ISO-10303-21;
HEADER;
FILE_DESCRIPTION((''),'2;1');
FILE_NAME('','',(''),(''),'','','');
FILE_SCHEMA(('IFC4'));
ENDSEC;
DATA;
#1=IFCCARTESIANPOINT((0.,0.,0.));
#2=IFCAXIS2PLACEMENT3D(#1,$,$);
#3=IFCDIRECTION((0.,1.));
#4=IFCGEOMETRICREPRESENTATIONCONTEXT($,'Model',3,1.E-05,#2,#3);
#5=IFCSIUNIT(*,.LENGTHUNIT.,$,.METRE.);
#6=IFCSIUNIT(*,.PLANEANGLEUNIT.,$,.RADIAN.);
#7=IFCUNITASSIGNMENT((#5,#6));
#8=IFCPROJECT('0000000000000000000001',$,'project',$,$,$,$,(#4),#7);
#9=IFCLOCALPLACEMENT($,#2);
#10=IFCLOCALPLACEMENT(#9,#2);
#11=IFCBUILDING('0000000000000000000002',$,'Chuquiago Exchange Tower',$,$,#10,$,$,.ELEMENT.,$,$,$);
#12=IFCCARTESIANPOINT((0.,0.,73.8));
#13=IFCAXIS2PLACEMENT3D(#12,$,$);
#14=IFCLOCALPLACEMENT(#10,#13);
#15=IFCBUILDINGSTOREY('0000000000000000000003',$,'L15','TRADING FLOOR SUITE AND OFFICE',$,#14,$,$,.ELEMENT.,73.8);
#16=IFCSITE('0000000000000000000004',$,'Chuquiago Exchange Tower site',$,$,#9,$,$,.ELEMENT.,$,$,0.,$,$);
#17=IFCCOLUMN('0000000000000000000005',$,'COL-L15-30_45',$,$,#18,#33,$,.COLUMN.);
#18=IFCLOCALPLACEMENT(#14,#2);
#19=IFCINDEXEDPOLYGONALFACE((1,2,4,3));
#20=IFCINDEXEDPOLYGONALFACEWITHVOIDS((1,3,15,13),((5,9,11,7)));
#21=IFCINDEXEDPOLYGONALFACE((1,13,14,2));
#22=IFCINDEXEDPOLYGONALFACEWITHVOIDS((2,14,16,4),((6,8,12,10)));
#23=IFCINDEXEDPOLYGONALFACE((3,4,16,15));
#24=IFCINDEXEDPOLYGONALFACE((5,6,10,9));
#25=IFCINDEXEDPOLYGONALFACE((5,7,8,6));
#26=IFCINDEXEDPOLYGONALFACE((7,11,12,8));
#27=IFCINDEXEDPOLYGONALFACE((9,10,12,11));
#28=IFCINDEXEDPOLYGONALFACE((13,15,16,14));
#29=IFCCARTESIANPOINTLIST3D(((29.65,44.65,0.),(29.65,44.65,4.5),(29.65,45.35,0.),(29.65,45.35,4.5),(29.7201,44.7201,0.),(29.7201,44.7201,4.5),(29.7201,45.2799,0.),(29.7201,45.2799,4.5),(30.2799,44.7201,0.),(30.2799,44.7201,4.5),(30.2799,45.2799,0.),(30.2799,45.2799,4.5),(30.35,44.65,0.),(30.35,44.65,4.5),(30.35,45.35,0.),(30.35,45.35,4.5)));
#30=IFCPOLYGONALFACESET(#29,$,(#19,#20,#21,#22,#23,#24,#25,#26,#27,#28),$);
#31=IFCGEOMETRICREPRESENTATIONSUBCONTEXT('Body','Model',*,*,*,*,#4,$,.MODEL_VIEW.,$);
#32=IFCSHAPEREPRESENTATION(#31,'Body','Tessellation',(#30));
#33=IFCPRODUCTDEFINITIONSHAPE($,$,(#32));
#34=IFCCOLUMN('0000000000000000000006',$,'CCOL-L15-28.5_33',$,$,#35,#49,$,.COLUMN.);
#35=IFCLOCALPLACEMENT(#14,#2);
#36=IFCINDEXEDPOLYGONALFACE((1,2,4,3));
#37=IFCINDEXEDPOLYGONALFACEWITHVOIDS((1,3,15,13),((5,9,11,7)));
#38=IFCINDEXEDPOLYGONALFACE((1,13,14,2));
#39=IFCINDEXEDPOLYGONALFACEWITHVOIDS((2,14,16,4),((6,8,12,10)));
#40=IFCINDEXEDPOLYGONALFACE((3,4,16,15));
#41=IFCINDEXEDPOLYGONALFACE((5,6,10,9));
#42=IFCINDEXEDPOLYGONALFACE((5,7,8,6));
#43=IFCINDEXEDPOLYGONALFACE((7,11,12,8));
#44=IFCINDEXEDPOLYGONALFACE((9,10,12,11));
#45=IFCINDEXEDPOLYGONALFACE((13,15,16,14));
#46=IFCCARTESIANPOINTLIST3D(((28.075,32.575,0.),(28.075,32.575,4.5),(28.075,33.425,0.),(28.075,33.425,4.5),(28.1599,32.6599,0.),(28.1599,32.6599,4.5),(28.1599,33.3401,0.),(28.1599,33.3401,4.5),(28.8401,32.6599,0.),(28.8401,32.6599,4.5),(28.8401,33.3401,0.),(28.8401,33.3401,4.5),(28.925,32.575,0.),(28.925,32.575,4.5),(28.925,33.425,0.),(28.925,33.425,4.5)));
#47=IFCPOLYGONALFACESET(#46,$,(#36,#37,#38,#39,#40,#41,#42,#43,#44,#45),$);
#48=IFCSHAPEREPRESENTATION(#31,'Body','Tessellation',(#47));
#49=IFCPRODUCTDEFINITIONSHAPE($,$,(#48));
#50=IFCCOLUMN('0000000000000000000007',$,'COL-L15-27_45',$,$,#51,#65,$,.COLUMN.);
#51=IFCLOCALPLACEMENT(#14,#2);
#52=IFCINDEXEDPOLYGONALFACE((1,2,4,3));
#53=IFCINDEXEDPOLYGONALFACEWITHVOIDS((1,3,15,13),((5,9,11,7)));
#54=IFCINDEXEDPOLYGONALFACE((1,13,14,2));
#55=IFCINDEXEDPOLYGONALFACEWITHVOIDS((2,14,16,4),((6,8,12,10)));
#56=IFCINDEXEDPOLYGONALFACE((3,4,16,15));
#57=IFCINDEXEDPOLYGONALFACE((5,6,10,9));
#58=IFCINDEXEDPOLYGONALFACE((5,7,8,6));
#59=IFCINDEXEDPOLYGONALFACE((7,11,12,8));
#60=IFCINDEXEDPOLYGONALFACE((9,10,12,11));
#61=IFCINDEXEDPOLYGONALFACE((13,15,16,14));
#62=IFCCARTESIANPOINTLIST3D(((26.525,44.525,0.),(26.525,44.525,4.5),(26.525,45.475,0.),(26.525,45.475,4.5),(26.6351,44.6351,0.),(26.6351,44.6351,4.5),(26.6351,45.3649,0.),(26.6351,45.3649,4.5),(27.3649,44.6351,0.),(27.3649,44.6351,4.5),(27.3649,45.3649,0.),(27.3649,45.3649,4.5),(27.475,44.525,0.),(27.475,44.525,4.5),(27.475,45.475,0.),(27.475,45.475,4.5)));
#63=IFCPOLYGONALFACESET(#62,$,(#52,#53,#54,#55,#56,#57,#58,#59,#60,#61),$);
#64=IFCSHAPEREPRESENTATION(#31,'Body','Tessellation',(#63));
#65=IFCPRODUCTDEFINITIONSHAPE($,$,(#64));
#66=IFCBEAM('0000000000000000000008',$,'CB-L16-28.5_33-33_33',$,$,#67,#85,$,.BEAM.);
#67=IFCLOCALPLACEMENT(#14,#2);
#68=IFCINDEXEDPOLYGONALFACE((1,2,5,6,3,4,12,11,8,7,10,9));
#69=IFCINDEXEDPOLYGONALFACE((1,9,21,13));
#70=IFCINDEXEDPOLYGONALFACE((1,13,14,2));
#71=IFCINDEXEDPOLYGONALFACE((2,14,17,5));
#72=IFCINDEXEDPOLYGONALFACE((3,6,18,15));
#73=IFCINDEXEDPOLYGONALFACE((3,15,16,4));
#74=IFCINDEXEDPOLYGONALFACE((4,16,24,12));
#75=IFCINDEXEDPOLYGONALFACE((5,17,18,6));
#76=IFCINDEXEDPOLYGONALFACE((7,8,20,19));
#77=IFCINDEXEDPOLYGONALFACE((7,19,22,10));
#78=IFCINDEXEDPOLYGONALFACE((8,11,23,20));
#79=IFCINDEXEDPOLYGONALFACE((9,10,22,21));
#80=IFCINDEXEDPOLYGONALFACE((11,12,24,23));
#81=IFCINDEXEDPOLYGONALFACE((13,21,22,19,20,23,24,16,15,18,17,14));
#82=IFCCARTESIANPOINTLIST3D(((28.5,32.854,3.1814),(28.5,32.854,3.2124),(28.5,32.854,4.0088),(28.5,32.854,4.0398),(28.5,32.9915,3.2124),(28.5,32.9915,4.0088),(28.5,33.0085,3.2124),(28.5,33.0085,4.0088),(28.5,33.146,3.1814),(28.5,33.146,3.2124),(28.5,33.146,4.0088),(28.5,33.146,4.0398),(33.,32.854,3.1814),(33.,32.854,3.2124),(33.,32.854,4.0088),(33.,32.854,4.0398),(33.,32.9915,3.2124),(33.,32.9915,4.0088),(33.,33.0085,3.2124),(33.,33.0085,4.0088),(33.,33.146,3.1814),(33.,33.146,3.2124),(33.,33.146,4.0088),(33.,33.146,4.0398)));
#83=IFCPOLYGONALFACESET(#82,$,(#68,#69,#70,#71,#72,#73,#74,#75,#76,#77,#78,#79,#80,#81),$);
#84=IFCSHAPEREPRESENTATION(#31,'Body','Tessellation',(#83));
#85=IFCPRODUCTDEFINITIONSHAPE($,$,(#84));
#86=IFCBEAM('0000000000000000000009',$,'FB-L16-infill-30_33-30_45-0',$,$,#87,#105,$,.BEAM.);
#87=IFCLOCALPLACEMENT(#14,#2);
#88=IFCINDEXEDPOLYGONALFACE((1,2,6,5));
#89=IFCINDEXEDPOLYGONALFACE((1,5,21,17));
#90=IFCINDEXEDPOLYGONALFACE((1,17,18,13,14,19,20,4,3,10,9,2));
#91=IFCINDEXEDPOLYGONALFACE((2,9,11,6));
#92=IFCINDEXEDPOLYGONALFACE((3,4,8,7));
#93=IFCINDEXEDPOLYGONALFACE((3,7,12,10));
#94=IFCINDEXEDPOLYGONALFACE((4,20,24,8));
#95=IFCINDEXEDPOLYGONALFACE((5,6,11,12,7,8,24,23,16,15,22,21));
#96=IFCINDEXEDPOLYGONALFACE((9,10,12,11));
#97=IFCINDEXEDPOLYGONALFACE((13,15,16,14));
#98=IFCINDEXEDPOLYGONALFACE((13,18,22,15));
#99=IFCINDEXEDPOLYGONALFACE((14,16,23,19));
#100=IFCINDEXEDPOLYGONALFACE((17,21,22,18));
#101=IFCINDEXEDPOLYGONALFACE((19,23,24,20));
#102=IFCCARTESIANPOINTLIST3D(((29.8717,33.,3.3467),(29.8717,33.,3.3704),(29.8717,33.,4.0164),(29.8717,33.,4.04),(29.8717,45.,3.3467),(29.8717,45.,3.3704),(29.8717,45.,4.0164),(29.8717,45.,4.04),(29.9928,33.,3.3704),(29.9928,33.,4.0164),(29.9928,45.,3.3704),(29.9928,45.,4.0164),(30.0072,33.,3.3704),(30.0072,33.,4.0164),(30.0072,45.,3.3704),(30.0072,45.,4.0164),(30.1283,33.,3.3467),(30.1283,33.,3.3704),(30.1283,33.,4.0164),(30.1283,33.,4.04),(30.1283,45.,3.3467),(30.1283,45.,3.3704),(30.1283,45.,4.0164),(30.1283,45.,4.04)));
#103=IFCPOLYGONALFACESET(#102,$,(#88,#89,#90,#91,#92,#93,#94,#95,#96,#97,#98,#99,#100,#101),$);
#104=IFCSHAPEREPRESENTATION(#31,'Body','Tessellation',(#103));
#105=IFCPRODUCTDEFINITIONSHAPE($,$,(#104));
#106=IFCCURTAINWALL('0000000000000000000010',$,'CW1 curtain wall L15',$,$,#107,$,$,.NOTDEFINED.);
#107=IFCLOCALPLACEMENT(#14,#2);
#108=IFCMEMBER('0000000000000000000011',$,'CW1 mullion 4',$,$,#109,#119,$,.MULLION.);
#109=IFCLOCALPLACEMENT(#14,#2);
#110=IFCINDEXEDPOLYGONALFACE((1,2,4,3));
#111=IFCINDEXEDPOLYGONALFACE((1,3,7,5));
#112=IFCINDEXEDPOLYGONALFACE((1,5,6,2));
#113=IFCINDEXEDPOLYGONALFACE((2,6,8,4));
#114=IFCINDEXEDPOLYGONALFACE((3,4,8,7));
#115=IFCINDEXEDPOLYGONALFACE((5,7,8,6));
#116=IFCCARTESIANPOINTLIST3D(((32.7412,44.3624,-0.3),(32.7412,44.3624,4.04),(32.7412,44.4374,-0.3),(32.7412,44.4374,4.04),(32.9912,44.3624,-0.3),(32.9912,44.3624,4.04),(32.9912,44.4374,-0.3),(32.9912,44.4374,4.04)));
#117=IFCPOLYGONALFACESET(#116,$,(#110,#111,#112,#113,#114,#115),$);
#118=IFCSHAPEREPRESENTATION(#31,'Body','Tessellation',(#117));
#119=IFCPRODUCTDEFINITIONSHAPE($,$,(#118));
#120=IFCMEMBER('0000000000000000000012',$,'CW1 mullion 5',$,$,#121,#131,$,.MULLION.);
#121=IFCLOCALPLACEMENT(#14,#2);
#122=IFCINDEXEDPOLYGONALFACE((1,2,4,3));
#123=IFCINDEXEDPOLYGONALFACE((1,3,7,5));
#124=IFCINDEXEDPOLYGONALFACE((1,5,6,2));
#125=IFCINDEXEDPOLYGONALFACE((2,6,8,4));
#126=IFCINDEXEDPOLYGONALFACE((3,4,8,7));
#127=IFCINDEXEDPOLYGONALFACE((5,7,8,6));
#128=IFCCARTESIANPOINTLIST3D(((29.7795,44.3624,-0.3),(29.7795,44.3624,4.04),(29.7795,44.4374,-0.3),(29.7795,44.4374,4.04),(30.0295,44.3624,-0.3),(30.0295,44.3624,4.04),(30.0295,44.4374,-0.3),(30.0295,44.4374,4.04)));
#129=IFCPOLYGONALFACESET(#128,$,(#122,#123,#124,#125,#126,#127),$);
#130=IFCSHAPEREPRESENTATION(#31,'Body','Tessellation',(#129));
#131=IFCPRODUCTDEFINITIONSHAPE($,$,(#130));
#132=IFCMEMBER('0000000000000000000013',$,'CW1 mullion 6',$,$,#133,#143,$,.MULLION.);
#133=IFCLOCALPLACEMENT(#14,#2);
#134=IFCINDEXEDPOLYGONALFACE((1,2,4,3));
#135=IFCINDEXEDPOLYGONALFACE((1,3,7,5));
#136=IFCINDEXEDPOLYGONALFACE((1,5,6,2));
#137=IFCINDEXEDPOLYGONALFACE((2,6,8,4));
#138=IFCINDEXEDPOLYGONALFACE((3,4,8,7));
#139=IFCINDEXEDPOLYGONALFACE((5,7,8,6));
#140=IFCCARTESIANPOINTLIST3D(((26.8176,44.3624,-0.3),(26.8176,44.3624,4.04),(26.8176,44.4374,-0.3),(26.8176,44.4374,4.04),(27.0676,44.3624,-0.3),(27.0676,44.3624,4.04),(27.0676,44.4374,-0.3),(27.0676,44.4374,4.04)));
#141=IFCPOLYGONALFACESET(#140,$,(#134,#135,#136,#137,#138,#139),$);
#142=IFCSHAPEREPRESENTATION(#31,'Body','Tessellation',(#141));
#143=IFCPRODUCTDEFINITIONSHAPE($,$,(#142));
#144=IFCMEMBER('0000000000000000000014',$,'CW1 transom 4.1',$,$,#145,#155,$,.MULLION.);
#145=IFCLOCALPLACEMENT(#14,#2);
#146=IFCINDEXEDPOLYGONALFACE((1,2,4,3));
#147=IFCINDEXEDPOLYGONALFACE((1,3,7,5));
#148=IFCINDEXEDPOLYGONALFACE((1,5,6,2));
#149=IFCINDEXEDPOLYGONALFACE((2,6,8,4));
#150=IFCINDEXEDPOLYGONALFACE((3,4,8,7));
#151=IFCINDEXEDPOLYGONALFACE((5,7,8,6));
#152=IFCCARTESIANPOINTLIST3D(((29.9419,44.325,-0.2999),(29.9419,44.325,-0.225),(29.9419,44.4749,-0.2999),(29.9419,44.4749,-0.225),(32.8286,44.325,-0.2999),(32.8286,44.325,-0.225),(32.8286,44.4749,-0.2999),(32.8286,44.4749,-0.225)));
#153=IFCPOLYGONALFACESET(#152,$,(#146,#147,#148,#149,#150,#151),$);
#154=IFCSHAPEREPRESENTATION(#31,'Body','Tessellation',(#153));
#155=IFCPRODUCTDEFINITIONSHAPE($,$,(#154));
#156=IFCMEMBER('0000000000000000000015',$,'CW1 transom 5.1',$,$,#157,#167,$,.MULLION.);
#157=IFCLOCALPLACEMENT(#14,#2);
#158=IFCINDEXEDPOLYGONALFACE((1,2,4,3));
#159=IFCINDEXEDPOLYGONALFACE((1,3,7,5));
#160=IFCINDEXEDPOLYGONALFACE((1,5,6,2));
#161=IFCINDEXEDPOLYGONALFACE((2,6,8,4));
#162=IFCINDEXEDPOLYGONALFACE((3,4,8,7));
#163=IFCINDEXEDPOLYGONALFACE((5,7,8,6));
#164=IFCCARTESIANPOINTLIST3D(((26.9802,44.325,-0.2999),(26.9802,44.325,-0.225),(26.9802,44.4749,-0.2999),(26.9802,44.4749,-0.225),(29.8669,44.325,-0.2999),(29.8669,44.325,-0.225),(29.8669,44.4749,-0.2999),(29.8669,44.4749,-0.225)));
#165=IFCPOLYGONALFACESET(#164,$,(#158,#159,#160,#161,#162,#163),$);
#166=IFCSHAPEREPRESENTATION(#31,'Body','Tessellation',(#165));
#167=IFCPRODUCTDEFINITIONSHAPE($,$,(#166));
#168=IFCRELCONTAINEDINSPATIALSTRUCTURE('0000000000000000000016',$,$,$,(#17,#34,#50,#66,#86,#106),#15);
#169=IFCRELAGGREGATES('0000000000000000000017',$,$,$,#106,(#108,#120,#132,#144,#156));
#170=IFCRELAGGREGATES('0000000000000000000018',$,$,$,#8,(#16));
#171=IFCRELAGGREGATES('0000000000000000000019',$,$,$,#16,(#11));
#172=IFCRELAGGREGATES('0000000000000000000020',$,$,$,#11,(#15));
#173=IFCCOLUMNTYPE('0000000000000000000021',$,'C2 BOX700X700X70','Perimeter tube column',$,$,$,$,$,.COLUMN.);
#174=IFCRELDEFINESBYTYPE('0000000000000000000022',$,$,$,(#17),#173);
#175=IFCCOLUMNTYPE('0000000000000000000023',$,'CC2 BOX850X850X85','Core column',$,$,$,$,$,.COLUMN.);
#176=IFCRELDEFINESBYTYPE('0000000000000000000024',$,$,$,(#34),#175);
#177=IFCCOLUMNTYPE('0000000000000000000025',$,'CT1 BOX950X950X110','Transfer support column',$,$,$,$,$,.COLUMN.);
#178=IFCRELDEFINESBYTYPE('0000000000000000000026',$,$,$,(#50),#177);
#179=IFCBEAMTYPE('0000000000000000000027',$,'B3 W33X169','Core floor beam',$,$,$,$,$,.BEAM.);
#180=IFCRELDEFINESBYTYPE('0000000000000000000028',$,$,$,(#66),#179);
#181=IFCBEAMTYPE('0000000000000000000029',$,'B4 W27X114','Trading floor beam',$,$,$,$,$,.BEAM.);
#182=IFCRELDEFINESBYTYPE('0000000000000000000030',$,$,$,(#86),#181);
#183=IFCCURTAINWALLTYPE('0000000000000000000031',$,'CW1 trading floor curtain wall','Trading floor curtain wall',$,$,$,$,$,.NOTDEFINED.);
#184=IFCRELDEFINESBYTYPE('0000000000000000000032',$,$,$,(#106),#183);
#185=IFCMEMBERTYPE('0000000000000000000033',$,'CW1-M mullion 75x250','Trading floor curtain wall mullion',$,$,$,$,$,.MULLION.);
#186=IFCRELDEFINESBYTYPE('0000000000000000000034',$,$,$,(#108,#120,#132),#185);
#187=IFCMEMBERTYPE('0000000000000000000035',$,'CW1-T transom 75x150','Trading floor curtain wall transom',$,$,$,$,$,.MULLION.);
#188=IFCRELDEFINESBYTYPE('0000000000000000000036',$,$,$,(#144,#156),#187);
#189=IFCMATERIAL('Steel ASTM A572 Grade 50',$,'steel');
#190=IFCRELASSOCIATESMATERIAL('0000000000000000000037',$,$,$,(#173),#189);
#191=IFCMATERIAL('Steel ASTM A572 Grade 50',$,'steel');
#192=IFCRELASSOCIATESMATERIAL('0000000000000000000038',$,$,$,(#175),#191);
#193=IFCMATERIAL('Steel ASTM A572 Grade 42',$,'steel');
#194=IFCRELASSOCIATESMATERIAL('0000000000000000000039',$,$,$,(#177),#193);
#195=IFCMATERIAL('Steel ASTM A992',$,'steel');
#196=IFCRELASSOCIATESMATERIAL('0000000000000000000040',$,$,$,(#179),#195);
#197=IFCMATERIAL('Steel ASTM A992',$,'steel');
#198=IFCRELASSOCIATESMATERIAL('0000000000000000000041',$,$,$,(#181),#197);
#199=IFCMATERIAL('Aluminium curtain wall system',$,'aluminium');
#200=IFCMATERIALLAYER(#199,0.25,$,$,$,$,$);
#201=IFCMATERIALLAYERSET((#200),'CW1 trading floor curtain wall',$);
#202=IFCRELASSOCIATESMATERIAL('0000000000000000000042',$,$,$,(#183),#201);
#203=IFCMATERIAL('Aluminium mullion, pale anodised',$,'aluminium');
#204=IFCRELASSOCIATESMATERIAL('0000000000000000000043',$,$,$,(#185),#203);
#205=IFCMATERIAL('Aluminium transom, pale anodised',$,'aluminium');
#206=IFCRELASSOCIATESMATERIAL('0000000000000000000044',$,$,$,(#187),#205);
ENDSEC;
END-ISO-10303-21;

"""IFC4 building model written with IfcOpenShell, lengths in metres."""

from ifc_helpers import new_model, si_unit, direction, frame, origin, origin_2d, place, context, subcontext, project, spatial, rectangle, hollow_rectangle, i_section, extrude, material, layer, layer_set, material_profile, profile_set, type_object, element, aggregate, save


model = new_model("IFC4")

# Units and contexts
model_context = context("Model", 3, precision=1e-05, world=origin(), true_north=direction((0.0, 1.0)))
body_context = subcontext(model_context, "Body", "Model", "MODEL_VIEW")
ifc_project = project(units=[si_unit("LENGTHUNIT", "METRE"), si_unit("PLANEANGLEUNIT", "RADIAN")], contexts=[model_context])

# Site, building, storey
site_placement = place(None, origin())
site = spatial("IfcSite", under=ifc_project, at=site_placement, Name="Chuquiago Exchange Tower site", CompositionType="ELEMENT", RefElevation=0.0)
building_placement = place(site_placement, origin())
building = spatial("IfcBuilding", under=site, at=building_placement, Name="Chuquiago Exchange Tower", CompositionType="ELEMENT")
storey_placement = place(building_placement, frame((0.0, 0.0, 73.8)))
storey = spatial("IfcBuildingStorey", under=building, at=storey_placement, Name="L15", Description="TRADING FLOOR SUITE AND OFFICE", CompositionType="ELEMENT", Elevation=73.8)

# Columns
ifc_material_1 = material(Name="Steel ASTM A572 Grade 50", Category="steel")
ifc_material_profile_1 = material_profile(ifc_material_1, hollow_rectangle(XDim=0.7, YDim=0.7, WallThickness=0.0701, at=origin_2d()), Name="BOX700X700X70")
ifc_profile_set_1 = profile_set([ifc_material_profile_1], Name="Steel ASTM A572 Grade 50")
column_type_1 = type_object("IfcColumnType", Name="C2 BOX700X700X70", Description="Perimeter tube column", PredefinedType="COLUMN", material=ifc_profile_set_1)
column_1_placement = place(storey_placement, frame((30.0, 45.0, 0.0), z_axis=(0.0, 0.0, 1.0), x_axis=(0.0, 1.0, 0.0)))
element("IfcColumn", 1, at=column_1_placement, inside=storey, type_object=column_type_1, Name="COL-L15-30_45", PredefinedType="COLUMN", context=body_context, shape_type="SweptSolid", body=[
    extrude(hollow_rectangle(XDim=0.7, YDim=0.7, WallThickness=0.0701, at=origin_2d()), origin(), (0.0, 0.0, 1.0), 4.5),
])
ifc_material_2 = material(Name="Steel ASTM A572 Grade 50", Category="steel")
ifc_material_profile_2 = material_profile(ifc_material_2, hollow_rectangle(XDim=0.8501, YDim=0.8501, WallThickness=0.085, at=origin_2d()), Name="BOX850X850X85")
ifc_profile_set_2 = profile_set([ifc_material_profile_2], Name="Steel ASTM A572 Grade 50")
column_type_2 = type_object("IfcColumnType", Name="CC2 BOX850X850X85", Description="Core column", PredefinedType="COLUMN", material=ifc_profile_set_2)
column_2_placement = place(storey_placement, frame((28.5, 33.0, 0.0), z_axis=(0.0, 0.0, 1.0), x_axis=(1.0, 0.0, 0.0)))
element("IfcColumn", 2, at=column_2_placement, inside=storey, type_object=column_type_2, Name="CCOL-L15-28.5_33", PredefinedType="COLUMN", context=body_context, shape_type="SweptSolid", body=[
    extrude(hollow_rectangle(XDim=0.8501, YDim=0.8501, WallThickness=0.085, at=origin_2d()), origin(), (0.0, 0.0, 1.0), 4.5),
])
ifc_material_3 = material(Name="Steel ASTM A572 Grade 42", Category="steel")
ifc_material_profile_3 = material_profile(ifc_material_3, hollow_rectangle(XDim=0.95, YDim=0.95, WallThickness=0.1101, at=origin_2d()), Name="BOX950X950X110")
ifc_profile_set_3 = profile_set([ifc_material_profile_3], Name="Steel ASTM A572 Grade 42")
column_type_3 = type_object("IfcColumnType", Name="CT1 BOX950X950X110", Description="Transfer support column", PredefinedType="COLUMN", material=ifc_profile_set_3)
column_3_placement = place(storey_placement, frame((27.0, 45.0, 0.0), z_axis=(0.0, 0.0, 1.0), x_axis=(0.0, 1.0, 0.0)))
element("IfcColumn", 3, at=column_3_placement, inside=storey, type_object=column_type_3, Name="COL-L15-27_45", PredefinedType="COLUMN", context=body_context, shape_type="SweptSolid", body=[
    extrude(hollow_rectangle(XDim=0.95, YDim=0.95, WallThickness=0.1101, at=origin_2d()), origin(), (0.0, 0.0, 1.0), 4.5),
])

# Beams
ifc_material_4 = material(Name="Steel ASTM A992", Category="steel")
ifc_material_profile_4 = material_profile(ifc_material_4, i_section(OverallWidth=0.292, OverallDepth=0.8584, WebThickness=0.0171, FlangeThickness=0.031, at=origin_2d()), Name="W33X169")
ifc_profile_set_4 = profile_set([ifc_material_profile_4], Name="Steel ASTM A992")
beam_type_1 = type_object("IfcBeamType", Name="B3 W33X169", Description="Core floor beam", PredefinedType="BEAM", material=ifc_profile_set_4)
beam_1_placement = place(storey_placement, frame((28.5, 33.0, 3.6106), z_axis=(1.0, 0.0, 0.0), x_axis=(0.0, 1.0, 0.0)))
element("IfcBeam", 4, at=beam_1_placement, inside=storey, type_object=beam_type_1, Name="CB-L16-28.5_33-33_33", PredefinedType="BEAM", context=body_context, shape_type="SweptSolid", body=[
    extrude(i_section(OverallWidth=0.292, OverallDepth=0.8584, WebThickness=0.0171, FlangeThickness=0.031, at=origin_2d()), origin(), (0.0, 0.0, 1.0), 4.5),
])
ifc_material_5 = material(Name="Steel ASTM A992", Category="steel")
ifc_material_profile_5 = material_profile(ifc_material_5, i_section(OverallWidth=0.2566, OverallDepth=0.6934, WebThickness=0.0144, FlangeThickness=0.0237, at=origin_2d()), Name="W27X114")
ifc_profile_set_5 = profile_set([ifc_material_profile_5], Name="Steel ASTM A992")
beam_type_2 = type_object("IfcBeamType", Name="B4 W27X114", Description="Trading floor beam", PredefinedType="BEAM", material=ifc_profile_set_5)
beam_2_placement = place(storey_placement, frame((30.0, 33.0, 3.6934), z_axis=(0.0, 1.0, 0.0), x_axis=(-1.0, 0.0, 0.0)))
element("IfcBeam", 5, at=beam_2_placement, inside=storey, type_object=beam_type_2, Name="FB-L16-infill-30_33-30_45-0", PredefinedType="BEAM", context=body_context, shape_type="SweptSolid", body=[
    extrude(i_section(OverallWidth=0.2566, OverallDepth=0.6934, WebThickness=0.0144, FlangeThickness=0.0237, at=origin_2d()), origin(), (0.0, 0.0, 1.0), 12.0),
])

# Curtain wall, members
ifc_material_6 = material(Name="Aluminium curtain wall system", Category="aluminium")
ifc_layer_1 = layer(ifc_material_6, 0.25)
ifc_layer_set_1 = layer_set([ifc_layer_1], Name="CW1 trading floor curtain wall")
curtain_wall_type = type_object("IfcCurtainWallType", Name="CW1 trading floor curtain wall", Description="Trading floor curtain wall", PredefinedType="NOTDEFINED", material=ifc_layer_set_1)
curtain_wall_placement = place(storey_placement, origin())
curtain_wall = element("IfcCurtainWall", 6, at=curtain_wall_placement, inside=storey, type_object=curtain_wall_type, Name="CW1 curtain wall L15", PredefinedType="NOTDEFINED")
ifc_material_7 = material(Name="Aluminium mullion, pale anodised", Category="aluminium")
ifc_material_profile_6 = material_profile(ifc_material_7, rectangle(XDim=0.075, YDim=0.25, at=origin_2d()), Name="AL 75x250")
ifc_profile_set_6 = profile_set([ifc_material_profile_6], Name="Aluminium mullion, pale anodised")
member_type_1 = type_object("IfcMemberType", Name="CW1-M mullion 75x250", Description="Trading floor curtain wall mullion", PredefinedType="MULLION", material=ifc_profile_set_6)
member_1_placement = place(storey_placement, frame((32.8662, 44.3999, -0.3), z_axis=(0.0, 0.0, 1.0), x_axis=(0.0, -1.0, 0.0)))
member_1 = element("IfcMember", 7, at=member_1_placement, type_object=member_type_1, Name="CW1 mullion 4", PredefinedType="MULLION", context=body_context, shape_type="SweptSolid", body=[
    extrude(rectangle(XDim=0.075, YDim=0.25, at=origin_2d()), origin(), (0.0, 0.0, 1.0), 4.3401),
])
member_2_placement = place(storey_placement, frame((29.9045, 44.3999, -0.3), z_axis=(0.0, 0.0, 1.0), x_axis=(0.0, -1.0, 0.0)))
member_2 = element("IfcMember", 8, at=member_2_placement, type_object=member_type_1, Name="CW1 mullion 5", PredefinedType="MULLION", context=body_context, shape_type="SweptSolid", body=[
    extrude(rectangle(XDim=0.075, YDim=0.25, at=origin_2d()), origin(), (0.0, 0.0, 1.0), 4.3401),
])
member_3_placement = place(storey_placement, frame((26.9426, 44.3999, -0.3), z_axis=(0.0, 0.0, 1.0), x_axis=(0.0, -1.0, 0.0)))
member_3 = element("IfcMember", 9, at=member_3_placement, type_object=member_type_1, Name="CW1 mullion 6", PredefinedType="MULLION", context=body_context, shape_type="SweptSolid", body=[
    extrude(rectangle(XDim=0.075, YDim=0.25, at=origin_2d()), origin(), (0.0, 0.0, 1.0), 4.3401),
])
ifc_material_8 = material(Name="Aluminium transom, pale anodised", Category="aluminium")
ifc_material_profile_7 = material_profile(ifc_material_8, rectangle(XDim=0.1499, YDim=0.075, at=origin_2d()), Name="AL 150x75")
ifc_profile_set_7 = profile_set([ifc_material_profile_7], Name="Aluminium transom, pale anodised")
member_type_2 = type_object("IfcMemberType", Name="CW1-T transom 75x150", Description="Trading floor curtain wall transom", PredefinedType="MULLION", material=ifc_profile_set_7)
member_4_placement = place(storey_placement, frame((32.8286, 44.3999, -0.2625), z_axis=(-1.0, 0.0, 0.0), x_axis=(0.0, -1.0, 0.0)))
member_4 = element("IfcMember", 10, at=member_4_placement, type_object=member_type_2, Name="CW1 transom 4.1", PredefinedType="MULLION", context=body_context, shape_type="SweptSolid", body=[
    extrude(rectangle(XDim=0.1499, YDim=0.075, at=origin_2d()), origin(), (0.0, 0.0, 1.0), 2.8867),
])
member_5_placement = place(storey_placement, frame((29.8669, 44.3999, -0.2625), z_axis=(-1.0, 0.0, 0.0), x_axis=(0.0, -1.0, 0.0)))
member_5 = element("IfcMember", 11, at=member_5_placement, type_object=member_type_2, Name="CW1 transom 5.1", PredefinedType="MULLION", context=body_context, shape_type="SweptSolid", body=[
    extrude(rectangle(XDim=0.1499, YDim=0.075, at=origin_2d()), origin(), (0.0, 0.0, 1.0), 2.8867),
])

aggregate(curtain_wall, [member_1, member_2, member_3, member_4, member_5])

save(model, "model.ifc")
